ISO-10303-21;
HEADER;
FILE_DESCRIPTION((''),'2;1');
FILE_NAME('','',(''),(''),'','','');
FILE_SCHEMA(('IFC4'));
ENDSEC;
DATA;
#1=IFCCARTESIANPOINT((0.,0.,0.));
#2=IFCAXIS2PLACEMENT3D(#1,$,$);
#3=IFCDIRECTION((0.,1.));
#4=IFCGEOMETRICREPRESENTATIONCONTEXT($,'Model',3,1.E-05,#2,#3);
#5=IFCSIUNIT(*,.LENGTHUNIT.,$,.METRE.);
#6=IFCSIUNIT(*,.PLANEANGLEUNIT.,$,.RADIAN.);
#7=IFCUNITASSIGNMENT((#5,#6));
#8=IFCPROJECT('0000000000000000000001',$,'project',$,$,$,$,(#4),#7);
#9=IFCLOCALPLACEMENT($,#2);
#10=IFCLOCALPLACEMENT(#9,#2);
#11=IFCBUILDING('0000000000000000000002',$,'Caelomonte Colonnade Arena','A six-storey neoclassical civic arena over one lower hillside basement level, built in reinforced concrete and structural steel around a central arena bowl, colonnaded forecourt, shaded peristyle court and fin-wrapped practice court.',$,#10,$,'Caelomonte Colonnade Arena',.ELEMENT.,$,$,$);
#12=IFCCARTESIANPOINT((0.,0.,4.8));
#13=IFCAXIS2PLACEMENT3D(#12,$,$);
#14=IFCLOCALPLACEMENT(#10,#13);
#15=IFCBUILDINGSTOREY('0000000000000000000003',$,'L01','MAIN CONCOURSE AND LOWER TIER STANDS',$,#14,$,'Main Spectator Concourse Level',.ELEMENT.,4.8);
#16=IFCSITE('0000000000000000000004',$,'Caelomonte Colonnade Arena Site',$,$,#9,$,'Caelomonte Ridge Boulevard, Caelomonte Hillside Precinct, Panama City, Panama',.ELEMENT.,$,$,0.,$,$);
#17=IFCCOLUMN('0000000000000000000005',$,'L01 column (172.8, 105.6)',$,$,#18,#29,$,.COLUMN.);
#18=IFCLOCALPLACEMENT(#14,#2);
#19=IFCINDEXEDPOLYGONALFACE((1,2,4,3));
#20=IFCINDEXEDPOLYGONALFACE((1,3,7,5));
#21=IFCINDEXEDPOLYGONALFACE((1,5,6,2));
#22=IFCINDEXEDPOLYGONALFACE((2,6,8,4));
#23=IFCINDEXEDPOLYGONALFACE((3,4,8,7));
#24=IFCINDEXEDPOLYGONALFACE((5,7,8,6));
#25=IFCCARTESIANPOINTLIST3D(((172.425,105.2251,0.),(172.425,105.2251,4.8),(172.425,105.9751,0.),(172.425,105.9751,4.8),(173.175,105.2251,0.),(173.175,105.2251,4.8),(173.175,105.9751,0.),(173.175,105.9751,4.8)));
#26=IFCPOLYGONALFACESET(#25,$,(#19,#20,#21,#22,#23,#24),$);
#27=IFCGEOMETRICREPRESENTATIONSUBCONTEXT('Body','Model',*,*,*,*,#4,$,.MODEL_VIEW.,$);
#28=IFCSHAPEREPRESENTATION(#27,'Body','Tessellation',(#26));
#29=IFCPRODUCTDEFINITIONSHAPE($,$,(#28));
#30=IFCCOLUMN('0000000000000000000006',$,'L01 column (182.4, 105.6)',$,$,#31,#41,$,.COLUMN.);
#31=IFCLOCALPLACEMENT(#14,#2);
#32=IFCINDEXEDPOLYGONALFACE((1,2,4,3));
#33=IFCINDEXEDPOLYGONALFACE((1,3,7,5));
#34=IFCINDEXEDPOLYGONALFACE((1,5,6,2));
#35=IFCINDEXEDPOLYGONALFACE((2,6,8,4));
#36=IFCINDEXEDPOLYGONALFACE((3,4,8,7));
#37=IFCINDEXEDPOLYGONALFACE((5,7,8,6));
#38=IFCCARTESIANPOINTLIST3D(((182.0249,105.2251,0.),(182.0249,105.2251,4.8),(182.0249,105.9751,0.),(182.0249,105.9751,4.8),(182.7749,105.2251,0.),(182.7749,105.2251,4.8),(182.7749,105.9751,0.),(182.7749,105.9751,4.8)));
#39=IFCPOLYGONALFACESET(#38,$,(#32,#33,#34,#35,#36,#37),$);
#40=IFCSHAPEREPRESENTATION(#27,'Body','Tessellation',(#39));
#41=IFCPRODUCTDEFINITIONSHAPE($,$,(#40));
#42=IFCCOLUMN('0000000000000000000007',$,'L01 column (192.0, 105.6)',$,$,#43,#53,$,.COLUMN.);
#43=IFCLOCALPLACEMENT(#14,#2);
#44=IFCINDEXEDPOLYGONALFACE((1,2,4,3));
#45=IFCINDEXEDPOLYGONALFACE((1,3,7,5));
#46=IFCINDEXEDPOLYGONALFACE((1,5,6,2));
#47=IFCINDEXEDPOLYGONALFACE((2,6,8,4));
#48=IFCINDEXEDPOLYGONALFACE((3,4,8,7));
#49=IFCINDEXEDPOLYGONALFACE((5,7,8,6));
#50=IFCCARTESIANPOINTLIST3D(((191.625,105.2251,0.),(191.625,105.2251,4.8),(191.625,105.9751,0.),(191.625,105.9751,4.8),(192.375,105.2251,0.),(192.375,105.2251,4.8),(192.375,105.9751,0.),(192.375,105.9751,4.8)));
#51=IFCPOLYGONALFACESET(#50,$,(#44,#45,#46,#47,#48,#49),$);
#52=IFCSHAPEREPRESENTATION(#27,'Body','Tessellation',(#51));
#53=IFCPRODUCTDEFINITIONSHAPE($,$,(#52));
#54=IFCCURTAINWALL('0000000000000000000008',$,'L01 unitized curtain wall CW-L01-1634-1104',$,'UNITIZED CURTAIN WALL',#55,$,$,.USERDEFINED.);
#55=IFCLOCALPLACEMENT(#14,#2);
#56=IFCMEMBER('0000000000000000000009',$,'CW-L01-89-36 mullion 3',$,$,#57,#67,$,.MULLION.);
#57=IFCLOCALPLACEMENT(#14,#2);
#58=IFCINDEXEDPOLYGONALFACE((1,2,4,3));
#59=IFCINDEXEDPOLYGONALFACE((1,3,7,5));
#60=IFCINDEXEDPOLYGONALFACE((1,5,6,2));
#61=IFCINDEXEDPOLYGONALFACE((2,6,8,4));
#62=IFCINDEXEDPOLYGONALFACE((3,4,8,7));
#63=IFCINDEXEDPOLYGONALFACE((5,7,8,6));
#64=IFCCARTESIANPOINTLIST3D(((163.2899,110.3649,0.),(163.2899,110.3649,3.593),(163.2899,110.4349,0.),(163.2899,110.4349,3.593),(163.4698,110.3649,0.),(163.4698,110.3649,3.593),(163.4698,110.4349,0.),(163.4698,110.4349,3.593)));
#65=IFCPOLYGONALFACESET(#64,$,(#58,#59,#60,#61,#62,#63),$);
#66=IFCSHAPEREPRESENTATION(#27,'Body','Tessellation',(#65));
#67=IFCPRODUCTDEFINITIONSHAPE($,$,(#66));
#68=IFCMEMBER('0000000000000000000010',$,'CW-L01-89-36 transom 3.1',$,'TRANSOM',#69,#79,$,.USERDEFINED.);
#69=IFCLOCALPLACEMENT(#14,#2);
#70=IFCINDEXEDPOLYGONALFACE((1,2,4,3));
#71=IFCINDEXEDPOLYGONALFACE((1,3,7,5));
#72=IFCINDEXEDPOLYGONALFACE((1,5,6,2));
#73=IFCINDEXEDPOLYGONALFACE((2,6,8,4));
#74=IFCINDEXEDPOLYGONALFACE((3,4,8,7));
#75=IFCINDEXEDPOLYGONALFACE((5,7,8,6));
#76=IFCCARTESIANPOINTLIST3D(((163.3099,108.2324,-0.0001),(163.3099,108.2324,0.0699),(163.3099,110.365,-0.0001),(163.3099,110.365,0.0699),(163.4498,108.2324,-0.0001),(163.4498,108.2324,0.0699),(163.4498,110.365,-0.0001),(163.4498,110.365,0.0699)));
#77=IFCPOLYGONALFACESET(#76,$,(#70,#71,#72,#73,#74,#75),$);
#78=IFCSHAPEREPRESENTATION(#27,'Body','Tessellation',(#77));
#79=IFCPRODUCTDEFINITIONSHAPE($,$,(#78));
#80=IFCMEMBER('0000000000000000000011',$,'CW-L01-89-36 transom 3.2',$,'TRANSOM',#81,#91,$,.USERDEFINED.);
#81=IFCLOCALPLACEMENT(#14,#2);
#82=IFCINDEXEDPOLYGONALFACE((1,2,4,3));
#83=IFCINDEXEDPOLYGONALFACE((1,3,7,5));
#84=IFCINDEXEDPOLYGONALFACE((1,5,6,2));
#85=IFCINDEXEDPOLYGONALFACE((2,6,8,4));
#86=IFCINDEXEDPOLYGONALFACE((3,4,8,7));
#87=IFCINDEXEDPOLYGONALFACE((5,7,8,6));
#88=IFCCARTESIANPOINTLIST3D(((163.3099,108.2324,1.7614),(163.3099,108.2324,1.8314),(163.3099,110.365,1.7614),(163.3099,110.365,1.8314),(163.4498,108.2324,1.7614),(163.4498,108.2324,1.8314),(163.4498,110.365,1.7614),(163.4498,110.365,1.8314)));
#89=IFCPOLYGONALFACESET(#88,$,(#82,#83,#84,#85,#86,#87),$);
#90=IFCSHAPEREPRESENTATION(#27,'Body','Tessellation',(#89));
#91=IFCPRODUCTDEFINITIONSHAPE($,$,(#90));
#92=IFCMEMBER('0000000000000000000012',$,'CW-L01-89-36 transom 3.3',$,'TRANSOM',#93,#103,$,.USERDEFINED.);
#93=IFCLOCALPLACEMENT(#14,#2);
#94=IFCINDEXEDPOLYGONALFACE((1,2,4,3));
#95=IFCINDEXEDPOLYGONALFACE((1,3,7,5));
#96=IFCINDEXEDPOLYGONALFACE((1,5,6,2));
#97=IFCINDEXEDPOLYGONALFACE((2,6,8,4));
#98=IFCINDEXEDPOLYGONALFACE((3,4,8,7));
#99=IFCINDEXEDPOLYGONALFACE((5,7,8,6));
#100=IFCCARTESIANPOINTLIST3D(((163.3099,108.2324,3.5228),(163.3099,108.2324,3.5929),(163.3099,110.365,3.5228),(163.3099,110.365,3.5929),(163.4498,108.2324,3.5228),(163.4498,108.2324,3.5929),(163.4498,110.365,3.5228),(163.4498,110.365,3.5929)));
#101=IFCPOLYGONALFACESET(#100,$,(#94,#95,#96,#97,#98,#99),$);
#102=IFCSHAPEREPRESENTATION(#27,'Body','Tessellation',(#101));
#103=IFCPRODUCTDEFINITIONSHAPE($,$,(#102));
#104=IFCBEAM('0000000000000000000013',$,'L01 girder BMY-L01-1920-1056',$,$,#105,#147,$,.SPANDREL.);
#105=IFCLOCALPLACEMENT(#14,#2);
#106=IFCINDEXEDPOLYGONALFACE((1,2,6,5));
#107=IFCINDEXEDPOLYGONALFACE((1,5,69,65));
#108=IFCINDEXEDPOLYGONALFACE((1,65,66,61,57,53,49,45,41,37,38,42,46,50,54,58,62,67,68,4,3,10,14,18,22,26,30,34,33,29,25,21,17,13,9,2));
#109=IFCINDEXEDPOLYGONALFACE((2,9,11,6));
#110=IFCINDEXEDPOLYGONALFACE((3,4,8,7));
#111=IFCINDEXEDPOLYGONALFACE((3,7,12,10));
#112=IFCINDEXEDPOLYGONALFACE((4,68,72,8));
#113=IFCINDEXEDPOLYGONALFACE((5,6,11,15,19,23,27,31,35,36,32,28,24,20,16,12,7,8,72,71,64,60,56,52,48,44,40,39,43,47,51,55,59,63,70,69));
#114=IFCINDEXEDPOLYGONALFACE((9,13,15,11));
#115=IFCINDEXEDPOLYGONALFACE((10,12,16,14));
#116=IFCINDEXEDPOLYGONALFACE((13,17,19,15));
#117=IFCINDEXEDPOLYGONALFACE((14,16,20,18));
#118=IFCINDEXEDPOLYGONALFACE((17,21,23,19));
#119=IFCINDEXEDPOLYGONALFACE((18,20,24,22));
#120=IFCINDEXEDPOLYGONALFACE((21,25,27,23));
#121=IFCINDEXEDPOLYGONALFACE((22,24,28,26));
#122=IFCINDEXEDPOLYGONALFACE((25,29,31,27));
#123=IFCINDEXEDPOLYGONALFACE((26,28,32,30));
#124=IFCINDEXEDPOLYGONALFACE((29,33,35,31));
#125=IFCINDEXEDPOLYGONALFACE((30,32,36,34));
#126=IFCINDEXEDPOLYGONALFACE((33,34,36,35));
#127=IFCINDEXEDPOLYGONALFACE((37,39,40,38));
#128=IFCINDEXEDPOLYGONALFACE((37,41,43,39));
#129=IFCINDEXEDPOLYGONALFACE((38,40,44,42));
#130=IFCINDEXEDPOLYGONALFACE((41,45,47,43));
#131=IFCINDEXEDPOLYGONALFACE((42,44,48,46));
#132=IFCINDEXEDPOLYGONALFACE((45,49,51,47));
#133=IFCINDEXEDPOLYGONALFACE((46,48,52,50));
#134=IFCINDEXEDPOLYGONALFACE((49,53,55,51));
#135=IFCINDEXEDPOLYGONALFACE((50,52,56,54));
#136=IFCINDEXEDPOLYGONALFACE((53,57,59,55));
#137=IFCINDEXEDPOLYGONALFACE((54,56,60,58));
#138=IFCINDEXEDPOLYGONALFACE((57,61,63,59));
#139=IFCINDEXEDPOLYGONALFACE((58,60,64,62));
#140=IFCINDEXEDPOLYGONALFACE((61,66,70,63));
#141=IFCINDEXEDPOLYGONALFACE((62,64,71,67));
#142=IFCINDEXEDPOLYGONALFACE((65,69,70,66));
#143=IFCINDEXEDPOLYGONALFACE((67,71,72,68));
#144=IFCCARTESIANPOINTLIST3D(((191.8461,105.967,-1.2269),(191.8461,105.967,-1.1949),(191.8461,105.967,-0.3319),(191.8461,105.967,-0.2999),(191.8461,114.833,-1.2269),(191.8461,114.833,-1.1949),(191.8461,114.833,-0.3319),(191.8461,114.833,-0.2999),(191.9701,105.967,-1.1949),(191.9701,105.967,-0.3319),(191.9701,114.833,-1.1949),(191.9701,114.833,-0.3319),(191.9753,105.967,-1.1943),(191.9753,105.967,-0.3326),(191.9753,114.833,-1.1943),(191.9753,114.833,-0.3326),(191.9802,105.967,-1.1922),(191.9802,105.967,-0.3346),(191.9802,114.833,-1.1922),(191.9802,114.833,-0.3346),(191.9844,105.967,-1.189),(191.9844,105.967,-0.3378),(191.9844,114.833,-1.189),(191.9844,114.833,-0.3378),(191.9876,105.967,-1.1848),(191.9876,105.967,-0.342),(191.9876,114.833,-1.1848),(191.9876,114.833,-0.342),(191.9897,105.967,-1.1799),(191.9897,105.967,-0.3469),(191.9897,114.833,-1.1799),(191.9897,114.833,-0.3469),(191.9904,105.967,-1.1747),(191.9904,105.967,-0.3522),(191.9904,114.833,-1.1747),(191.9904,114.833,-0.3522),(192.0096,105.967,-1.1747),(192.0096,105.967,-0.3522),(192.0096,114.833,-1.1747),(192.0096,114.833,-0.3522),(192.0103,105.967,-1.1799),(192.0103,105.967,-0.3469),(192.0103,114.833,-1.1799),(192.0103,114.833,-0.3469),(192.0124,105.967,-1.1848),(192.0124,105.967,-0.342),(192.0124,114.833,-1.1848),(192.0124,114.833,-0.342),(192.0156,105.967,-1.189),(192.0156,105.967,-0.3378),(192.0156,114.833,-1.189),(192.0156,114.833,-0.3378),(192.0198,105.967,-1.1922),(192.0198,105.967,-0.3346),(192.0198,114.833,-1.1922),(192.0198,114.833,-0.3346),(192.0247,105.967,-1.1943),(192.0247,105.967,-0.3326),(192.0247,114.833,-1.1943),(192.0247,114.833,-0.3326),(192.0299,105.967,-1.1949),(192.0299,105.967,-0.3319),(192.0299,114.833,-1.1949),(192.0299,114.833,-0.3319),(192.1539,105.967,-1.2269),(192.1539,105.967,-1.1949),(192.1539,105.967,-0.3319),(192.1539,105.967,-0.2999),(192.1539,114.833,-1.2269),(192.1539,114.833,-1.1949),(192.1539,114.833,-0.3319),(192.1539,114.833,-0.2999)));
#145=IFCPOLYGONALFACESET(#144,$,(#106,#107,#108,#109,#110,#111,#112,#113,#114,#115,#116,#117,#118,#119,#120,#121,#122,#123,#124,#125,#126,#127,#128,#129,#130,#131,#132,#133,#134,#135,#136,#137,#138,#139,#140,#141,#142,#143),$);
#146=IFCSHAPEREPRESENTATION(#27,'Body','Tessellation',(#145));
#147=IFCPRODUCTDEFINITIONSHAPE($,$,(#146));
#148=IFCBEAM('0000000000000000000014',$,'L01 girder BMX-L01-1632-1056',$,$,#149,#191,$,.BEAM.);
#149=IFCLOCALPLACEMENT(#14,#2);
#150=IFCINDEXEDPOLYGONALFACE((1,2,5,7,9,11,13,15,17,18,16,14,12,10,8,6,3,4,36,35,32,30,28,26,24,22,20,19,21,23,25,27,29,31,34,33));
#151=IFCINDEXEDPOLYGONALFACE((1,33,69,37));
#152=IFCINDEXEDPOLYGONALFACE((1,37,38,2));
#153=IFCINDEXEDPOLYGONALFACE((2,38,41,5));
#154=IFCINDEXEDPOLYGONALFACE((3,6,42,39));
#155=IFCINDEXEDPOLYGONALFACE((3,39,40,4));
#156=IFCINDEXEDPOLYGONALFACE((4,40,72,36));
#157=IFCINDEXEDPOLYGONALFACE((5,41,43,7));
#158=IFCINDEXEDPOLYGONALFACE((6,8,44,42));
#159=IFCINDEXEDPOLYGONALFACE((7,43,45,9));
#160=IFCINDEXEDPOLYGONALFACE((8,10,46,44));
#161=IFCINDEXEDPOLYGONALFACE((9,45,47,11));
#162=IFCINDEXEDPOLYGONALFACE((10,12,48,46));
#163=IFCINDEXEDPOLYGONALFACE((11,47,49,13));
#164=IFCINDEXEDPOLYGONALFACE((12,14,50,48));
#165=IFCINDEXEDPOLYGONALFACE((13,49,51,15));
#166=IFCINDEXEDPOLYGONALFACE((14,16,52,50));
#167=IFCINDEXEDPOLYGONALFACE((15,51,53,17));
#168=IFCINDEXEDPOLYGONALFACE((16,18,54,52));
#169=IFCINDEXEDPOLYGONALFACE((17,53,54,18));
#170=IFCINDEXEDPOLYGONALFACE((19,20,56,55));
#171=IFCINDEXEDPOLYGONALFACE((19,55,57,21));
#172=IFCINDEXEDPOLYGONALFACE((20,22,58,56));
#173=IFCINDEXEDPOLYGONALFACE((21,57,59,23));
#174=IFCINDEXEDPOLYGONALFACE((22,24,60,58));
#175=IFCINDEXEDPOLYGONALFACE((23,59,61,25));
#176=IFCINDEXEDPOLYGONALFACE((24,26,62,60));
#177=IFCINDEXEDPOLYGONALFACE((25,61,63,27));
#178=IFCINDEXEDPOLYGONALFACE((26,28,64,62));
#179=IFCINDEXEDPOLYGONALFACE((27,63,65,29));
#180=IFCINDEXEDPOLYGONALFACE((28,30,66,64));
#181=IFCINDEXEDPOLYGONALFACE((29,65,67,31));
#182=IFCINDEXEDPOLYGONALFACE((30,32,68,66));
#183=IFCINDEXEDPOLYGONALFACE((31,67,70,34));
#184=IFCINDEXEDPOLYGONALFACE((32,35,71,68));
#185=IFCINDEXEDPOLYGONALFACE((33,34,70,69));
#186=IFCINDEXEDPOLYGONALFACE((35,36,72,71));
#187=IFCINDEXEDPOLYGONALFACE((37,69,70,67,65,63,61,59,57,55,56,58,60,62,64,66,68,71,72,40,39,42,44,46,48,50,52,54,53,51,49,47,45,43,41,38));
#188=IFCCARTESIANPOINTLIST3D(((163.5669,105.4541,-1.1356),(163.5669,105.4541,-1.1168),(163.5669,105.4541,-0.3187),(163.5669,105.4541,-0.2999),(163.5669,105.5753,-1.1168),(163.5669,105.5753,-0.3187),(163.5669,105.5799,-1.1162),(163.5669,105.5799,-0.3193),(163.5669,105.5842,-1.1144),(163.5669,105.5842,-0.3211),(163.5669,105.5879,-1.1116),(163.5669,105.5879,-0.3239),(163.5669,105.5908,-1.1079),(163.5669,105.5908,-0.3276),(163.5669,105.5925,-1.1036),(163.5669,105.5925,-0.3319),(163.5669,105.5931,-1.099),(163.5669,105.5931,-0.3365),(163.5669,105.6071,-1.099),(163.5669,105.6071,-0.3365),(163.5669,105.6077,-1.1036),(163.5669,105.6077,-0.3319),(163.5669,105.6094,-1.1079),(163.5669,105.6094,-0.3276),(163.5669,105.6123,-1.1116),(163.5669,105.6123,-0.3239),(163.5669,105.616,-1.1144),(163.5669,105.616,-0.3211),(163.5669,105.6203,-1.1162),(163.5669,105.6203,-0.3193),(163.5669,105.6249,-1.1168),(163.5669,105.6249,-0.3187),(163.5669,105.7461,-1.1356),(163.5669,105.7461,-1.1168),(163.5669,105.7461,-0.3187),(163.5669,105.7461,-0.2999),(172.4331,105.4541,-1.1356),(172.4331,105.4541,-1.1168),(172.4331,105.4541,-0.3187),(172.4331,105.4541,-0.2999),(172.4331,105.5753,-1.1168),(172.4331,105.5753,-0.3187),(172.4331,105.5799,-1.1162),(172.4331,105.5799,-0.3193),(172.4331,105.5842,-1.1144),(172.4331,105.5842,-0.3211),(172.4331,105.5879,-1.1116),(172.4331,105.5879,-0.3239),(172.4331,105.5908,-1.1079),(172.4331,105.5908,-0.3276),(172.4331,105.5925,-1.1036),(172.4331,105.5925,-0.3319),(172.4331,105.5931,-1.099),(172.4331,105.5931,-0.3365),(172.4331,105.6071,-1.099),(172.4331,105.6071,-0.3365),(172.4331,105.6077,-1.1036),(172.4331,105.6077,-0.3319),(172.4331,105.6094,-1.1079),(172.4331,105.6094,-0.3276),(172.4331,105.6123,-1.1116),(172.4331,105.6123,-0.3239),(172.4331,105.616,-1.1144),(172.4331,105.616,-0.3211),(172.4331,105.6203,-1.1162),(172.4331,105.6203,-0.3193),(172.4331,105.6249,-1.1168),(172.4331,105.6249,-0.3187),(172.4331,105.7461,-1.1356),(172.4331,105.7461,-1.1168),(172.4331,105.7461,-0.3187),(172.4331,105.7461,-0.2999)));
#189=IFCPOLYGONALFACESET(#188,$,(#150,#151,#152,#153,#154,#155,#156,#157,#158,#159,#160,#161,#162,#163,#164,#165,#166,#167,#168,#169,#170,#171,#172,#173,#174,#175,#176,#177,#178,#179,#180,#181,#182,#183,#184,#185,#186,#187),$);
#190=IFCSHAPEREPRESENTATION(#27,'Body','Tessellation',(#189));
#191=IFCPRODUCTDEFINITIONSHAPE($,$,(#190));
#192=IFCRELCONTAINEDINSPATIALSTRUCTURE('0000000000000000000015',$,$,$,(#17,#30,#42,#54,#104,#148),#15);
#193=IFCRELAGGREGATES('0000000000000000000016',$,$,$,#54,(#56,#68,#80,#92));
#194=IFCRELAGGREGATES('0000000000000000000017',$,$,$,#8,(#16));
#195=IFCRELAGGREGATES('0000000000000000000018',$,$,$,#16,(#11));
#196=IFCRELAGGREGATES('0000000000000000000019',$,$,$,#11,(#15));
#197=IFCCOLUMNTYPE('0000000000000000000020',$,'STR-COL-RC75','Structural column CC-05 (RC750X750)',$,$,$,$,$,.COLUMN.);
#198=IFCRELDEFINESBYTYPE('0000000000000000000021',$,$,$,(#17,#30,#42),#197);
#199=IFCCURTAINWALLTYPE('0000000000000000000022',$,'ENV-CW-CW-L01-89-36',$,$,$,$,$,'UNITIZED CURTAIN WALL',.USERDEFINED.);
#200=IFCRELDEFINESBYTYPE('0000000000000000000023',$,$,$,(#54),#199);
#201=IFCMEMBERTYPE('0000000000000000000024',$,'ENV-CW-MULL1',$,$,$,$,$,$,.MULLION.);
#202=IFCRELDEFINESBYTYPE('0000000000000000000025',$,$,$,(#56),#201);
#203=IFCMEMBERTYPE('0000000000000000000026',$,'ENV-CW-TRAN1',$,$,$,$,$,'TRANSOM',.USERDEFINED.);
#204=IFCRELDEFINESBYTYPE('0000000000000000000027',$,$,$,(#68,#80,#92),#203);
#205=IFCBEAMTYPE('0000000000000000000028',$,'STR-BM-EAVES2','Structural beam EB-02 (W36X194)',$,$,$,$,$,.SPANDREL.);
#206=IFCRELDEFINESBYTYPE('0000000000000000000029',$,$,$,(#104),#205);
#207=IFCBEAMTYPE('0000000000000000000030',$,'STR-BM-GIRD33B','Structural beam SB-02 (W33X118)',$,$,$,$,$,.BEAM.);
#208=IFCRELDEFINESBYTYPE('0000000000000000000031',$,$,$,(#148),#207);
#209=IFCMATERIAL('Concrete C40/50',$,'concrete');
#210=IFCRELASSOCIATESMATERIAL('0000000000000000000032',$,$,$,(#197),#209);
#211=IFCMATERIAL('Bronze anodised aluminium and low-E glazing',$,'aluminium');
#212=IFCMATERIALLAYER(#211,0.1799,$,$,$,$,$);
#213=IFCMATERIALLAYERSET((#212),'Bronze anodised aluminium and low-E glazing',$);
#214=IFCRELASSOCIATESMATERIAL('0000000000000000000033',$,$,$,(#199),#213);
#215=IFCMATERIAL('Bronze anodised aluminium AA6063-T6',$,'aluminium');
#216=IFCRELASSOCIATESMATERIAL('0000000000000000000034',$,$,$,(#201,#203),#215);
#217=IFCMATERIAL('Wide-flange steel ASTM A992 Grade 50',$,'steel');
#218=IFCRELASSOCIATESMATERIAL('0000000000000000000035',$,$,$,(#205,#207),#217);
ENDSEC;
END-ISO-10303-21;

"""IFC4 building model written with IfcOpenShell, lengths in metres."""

from ifc_helpers import new_model, si_unit, direction, frame, origin, origin_2d, place, context, subcontext, project, spatial, rectangle, i_section, extrude, material, layer, layer_set, material_profile, profile_set, type_object, element, aggregate, save


model = new_model("IFC4")

# Units and contexts
model_context = context("Model", 3, precision=1e-05, world=origin(), true_north=direction((0.0, 1.0)))
body_context = subcontext(model_context, "Body", "Model", "MODEL_VIEW")
ifc_project = project(units=[si_unit("LENGTHUNIT", "METRE"), si_unit("PLANEANGLEUNIT", "RADIAN")], contexts=[model_context])

# Site, building, storey
site_placement = place(None, origin())
site = spatial("IfcSite", under=ifc_project, at=site_placement, Name="Caelomonte Colonnade Arena Site", LongName="Caelomonte Ridge Boulevard, Caelomonte Hillside Precinct, Panama City, Panama", CompositionType="ELEMENT", RefElevation=0.0)
building_placement = place(site_placement, origin())
building = spatial("IfcBuilding", under=site, at=building_placement, Name="Caelomonte Colonnade Arena", Description="A six-storey neoclassical civic arena over one lower hillside basement level, built in reinforced concrete and structural steel around a central arena bowl, colonnaded forecourt, shaded peristyle court and fin-wrapped practice court.", LongName="Caelomonte Colonnade Arena", CompositionType="ELEMENT")
storey_placement = place(building_placement, frame((0.0, 0.0, 4.8)))
storey = spatial("IfcBuildingStorey", under=building, at=storey_placement, Name="L01", Description="MAIN CONCOURSE AND LOWER TIER STANDS", LongName="Main Spectator Concourse Level", CompositionType="ELEMENT", Elevation=4.8)

# Columns
ifc_material_1 = material(Name="Concrete C40/50", Category="concrete")
ifc_material_profile_1 = material_profile(ifc_material_1, rectangle(XDim=0.75, YDim=0.75, at=origin_2d()), Name="RC750X750")
ifc_profile_set_1 = profile_set([ifc_material_profile_1], Name="Concrete C40/50")
column_type = type_object("IfcColumnType", Name="STR-COL-RC75", Description="Structural column CC-05 (RC750X750)", PredefinedType="COLUMN", material=ifc_profile_set_1)
for number, where, z_axis, x_axis, name in (
    (1, (172.8, 105.6001, 0.0), (0.0, 0.0, 1.0), (1.0, 0.0, 0.0), "L01 column (172.8, 105.6)"),
    (2, (182.3999, 105.6001, 0.0), (0.0, 0.0, 1.0), (1.0, 0.0, 0.0), "L01 column (182.4, 105.6)"),
    (3, (192.0, 105.6001, 0.0), (0.0, 0.0, 1.0), (1.0, 0.0, 0.0), "L01 column (192.0, 105.6)"),
):
    element("IfcColumn", number, at=place(storey_placement, frame(where, z_axis=z_axis, x_axis=x_axis)), inside=storey, type_object=column_type, Name=name, PredefinedType="COLUMN", context=body_context, shape_type="SweptSolid", body=[
        extrude(rectangle(XDim=0.75, YDim=0.75, at=origin_2d()), origin(), (0.0, 0.0, 1.0), 4.8),
    ])

# Curtain wall, members
ifc_material_2 = material(Name="Bronze anodised aluminium and low-E glazing", Category="aluminium")
ifc_layer_1 = layer(ifc_material_2, 0.1799)
ifc_layer_set_1 = layer_set([ifc_layer_1], Name="Bronze anodised aluminium and low-E glazing")
curtain_wall_type = type_object("IfcCurtainWallType", Name="ENV-CW-CW-L01-89-36", ElementType="UNITIZED CURTAIN WALL", PredefinedType="USERDEFINED", material=ifc_layer_set_1)
curtain_wall_placement = place(storey_placement, origin())
curtain_wall = element("IfcCurtainWall", 4, at=curtain_wall_placement, inside=storey, type_object=curtain_wall_type, Name="L01 unitized curtain wall CW-L01-1634-1104", ObjectType="UNITIZED CURTAIN WALL", PredefinedType="USERDEFINED")
ifc_material_3 = material(Name="Bronze anodised aluminium AA6063-T6", Category="aluminium")
ifc_material_profile_2 = material_profile(ifc_material_3, rectangle(XDim=0.0701, YDim=0.1799, at=origin_2d()), Name="CWM-70X180")
ifc_profile_set_2 = profile_set([ifc_material_profile_2], Name="Bronze anodised aluminium AA6063-T6")
member_type_1 = type_object("IfcMemberType", Name="ENV-CW-MULL1", PredefinedType="MULLION", material=ifc_profile_set_2)
member_1_placement = place(storey_placement, frame((163.3799, 110.3999, 0.0), z_axis=(0.0, 0.0, 1.0), x_axis=(0.0, -1.0, 0.0)))
member_1 = element("IfcMember", 5, at=member_1_placement, type_object=member_type_1, Name="CW-L01-89-36 mullion 3", PredefinedType="MULLION", context=body_context, shape_type="SweptSolid", body=[
    extrude(rectangle(XDim=0.0701, YDim=0.1799, at=origin_2d()), origin(), (0.0, 0.0, 1.0), 3.593),
])
ifc_material_profile_3 = material_profile(ifc_material_3, rectangle(XDim=0.0701, YDim=0.1399, at=origin_2d()), Name="CWT-70X140")
ifc_profile_set_3 = profile_set([ifc_material_profile_3], Name="Bronze anodised aluminium AA6063-T6")
member_type_2 = type_object("IfcMemberType", Name="ENV-CW-TRAN1", ElementType="TRANSOM", PredefinedType="USERDEFINED", material=ifc_profile_set_3)
member_2_placement = place(storey_placement, frame((163.3799, 110.365, 0.0349), z_axis=(0.0, -1.0, 0.0), x_axis=(0.0, 0.0, 1.0)))
member_2 = element("IfcMember", 6, at=member_2_placement, type_object=member_type_2, Name="CW-L01-89-36 transom 3.1", ObjectType="TRANSOM", PredefinedType="USERDEFINED", context=body_context, shape_type="SweptSolid", body=[
    extrude(rectangle(XDim=0.0701, YDim=0.1399, at=origin_2d()), origin(), (0.0, 0.0, 1.0), 2.1326),
])
member_3_placement = place(storey_placement, frame((163.3799, 110.365, 1.7964), z_axis=(0.0, -1.0, 0.0), x_axis=(0.0, 0.0, 1.0)))
member_3 = element("IfcMember", 7, at=member_3_placement, type_object=member_type_2, Name="CW-L01-89-36 transom 3.2", ObjectType="TRANSOM", PredefinedType="USERDEFINED", context=body_context, shape_type="SweptSolid", body=[
    extrude(rectangle(XDim=0.0701, YDim=0.1399, at=origin_2d()), origin(), (0.0, 0.0, 1.0), 2.1326),
])
member_4_placement = place(storey_placement, frame((163.3799, 110.365, 3.5579), z_axis=(0.0, -1.0, 0.0), x_axis=(0.0, 0.0, 1.0)))
member_4 = element("IfcMember", 8, at=member_4_placement, type_object=member_type_2, Name="CW-L01-89-36 transom 3.3", ObjectType="TRANSOM", PredefinedType="USERDEFINED", context=body_context, shape_type="SweptSolid", body=[
    extrude(rectangle(XDim=0.0701, YDim=0.1399, at=origin_2d()), origin(), (0.0, 0.0, 1.0), 2.1326),
])

# Beams
ifc_material_4 = material(Name="Wide-flange steel ASTM A992 Grade 50", Category="steel")
ifc_material_profile_4 = material_profile(ifc_material_4, i_section(OverallWidth=0.3079, OverallDepth=0.927, WebThickness=0.0193, FlangeThickness=0.032, FilletRadius=0.0203, at=origin_2d()), Name="W36X194")
ifc_profile_set_4 = profile_set([ifc_material_profile_4], Name="Wide-flange steel ASTM A992 Grade 50")
beam_type_1 = type_object("IfcBeamType", Name="STR-BM-EAVES2", Description="Structural beam EB-02 (W36X194)", PredefinedType="SPANDREL", material=ifc_profile_set_4)
beam_1_placement = place(storey_placement, frame((192.0, 105.967, -0.7634), z_axis=(0.0, 1.0, 0.0), x_axis=(-1.0, 0.0, 0.0)))
element("IfcBeam", 9, at=beam_1_placement, inside=storey, type_object=beam_type_1, Name="L01 girder BMY-L01-1920-1056", PredefinedType="SPANDREL", context=body_context, shape_type="SweptSolid", body=[
    extrude(i_section(OverallWidth=0.3079, OverallDepth=0.927, WebThickness=0.0193, FlangeThickness=0.032, FilletRadius=0.0203, at=origin_2d()), origin(), (0.0, 0.0, 1.0), 8.866),
])
ifc_material_profile_5 = material_profile(ifc_material_4, i_section(OverallWidth=0.292, OverallDepth=0.8357, WebThickness=0.0139, FlangeThickness=0.0188, FilletRadius=0.0178, at=origin_2d()), Name="W33X118")
ifc_profile_set_5 = profile_set([ifc_material_profile_5], Name="Wide-flange steel ASTM A992 Grade 50")
beam_type_2 = type_object("IfcBeamType", Name="STR-BM-GIRD33B", Description="Structural beam SB-02 (W33X118)", PredefinedType="BEAM", material=ifc_profile_set_5)
beam_2_placement = place(storey_placement, frame((163.5669, 105.6001, -0.7178), z_axis=(1.0, 0.0, 0.0), x_axis=(0.0, 1.0, 0.0)))
element("IfcBeam", 10, at=beam_2_placement, inside=storey, type_object=beam_type_2, Name="L01 girder BMX-L01-1632-1056", PredefinedType="BEAM", context=body_context, shape_type="SweptSolid", body=[
    extrude(i_section(OverallWidth=0.292, OverallDepth=0.8357, WebThickness=0.0139, FlangeThickness=0.0188, FilletRadius=0.0178, at=origin_2d()), origin(), (0.0, 0.0, 1.0), 8.8662),
])

aggregate(curtain_wall, [member_1, member_2, member_3, member_4])

save(model, "model.ifc")
